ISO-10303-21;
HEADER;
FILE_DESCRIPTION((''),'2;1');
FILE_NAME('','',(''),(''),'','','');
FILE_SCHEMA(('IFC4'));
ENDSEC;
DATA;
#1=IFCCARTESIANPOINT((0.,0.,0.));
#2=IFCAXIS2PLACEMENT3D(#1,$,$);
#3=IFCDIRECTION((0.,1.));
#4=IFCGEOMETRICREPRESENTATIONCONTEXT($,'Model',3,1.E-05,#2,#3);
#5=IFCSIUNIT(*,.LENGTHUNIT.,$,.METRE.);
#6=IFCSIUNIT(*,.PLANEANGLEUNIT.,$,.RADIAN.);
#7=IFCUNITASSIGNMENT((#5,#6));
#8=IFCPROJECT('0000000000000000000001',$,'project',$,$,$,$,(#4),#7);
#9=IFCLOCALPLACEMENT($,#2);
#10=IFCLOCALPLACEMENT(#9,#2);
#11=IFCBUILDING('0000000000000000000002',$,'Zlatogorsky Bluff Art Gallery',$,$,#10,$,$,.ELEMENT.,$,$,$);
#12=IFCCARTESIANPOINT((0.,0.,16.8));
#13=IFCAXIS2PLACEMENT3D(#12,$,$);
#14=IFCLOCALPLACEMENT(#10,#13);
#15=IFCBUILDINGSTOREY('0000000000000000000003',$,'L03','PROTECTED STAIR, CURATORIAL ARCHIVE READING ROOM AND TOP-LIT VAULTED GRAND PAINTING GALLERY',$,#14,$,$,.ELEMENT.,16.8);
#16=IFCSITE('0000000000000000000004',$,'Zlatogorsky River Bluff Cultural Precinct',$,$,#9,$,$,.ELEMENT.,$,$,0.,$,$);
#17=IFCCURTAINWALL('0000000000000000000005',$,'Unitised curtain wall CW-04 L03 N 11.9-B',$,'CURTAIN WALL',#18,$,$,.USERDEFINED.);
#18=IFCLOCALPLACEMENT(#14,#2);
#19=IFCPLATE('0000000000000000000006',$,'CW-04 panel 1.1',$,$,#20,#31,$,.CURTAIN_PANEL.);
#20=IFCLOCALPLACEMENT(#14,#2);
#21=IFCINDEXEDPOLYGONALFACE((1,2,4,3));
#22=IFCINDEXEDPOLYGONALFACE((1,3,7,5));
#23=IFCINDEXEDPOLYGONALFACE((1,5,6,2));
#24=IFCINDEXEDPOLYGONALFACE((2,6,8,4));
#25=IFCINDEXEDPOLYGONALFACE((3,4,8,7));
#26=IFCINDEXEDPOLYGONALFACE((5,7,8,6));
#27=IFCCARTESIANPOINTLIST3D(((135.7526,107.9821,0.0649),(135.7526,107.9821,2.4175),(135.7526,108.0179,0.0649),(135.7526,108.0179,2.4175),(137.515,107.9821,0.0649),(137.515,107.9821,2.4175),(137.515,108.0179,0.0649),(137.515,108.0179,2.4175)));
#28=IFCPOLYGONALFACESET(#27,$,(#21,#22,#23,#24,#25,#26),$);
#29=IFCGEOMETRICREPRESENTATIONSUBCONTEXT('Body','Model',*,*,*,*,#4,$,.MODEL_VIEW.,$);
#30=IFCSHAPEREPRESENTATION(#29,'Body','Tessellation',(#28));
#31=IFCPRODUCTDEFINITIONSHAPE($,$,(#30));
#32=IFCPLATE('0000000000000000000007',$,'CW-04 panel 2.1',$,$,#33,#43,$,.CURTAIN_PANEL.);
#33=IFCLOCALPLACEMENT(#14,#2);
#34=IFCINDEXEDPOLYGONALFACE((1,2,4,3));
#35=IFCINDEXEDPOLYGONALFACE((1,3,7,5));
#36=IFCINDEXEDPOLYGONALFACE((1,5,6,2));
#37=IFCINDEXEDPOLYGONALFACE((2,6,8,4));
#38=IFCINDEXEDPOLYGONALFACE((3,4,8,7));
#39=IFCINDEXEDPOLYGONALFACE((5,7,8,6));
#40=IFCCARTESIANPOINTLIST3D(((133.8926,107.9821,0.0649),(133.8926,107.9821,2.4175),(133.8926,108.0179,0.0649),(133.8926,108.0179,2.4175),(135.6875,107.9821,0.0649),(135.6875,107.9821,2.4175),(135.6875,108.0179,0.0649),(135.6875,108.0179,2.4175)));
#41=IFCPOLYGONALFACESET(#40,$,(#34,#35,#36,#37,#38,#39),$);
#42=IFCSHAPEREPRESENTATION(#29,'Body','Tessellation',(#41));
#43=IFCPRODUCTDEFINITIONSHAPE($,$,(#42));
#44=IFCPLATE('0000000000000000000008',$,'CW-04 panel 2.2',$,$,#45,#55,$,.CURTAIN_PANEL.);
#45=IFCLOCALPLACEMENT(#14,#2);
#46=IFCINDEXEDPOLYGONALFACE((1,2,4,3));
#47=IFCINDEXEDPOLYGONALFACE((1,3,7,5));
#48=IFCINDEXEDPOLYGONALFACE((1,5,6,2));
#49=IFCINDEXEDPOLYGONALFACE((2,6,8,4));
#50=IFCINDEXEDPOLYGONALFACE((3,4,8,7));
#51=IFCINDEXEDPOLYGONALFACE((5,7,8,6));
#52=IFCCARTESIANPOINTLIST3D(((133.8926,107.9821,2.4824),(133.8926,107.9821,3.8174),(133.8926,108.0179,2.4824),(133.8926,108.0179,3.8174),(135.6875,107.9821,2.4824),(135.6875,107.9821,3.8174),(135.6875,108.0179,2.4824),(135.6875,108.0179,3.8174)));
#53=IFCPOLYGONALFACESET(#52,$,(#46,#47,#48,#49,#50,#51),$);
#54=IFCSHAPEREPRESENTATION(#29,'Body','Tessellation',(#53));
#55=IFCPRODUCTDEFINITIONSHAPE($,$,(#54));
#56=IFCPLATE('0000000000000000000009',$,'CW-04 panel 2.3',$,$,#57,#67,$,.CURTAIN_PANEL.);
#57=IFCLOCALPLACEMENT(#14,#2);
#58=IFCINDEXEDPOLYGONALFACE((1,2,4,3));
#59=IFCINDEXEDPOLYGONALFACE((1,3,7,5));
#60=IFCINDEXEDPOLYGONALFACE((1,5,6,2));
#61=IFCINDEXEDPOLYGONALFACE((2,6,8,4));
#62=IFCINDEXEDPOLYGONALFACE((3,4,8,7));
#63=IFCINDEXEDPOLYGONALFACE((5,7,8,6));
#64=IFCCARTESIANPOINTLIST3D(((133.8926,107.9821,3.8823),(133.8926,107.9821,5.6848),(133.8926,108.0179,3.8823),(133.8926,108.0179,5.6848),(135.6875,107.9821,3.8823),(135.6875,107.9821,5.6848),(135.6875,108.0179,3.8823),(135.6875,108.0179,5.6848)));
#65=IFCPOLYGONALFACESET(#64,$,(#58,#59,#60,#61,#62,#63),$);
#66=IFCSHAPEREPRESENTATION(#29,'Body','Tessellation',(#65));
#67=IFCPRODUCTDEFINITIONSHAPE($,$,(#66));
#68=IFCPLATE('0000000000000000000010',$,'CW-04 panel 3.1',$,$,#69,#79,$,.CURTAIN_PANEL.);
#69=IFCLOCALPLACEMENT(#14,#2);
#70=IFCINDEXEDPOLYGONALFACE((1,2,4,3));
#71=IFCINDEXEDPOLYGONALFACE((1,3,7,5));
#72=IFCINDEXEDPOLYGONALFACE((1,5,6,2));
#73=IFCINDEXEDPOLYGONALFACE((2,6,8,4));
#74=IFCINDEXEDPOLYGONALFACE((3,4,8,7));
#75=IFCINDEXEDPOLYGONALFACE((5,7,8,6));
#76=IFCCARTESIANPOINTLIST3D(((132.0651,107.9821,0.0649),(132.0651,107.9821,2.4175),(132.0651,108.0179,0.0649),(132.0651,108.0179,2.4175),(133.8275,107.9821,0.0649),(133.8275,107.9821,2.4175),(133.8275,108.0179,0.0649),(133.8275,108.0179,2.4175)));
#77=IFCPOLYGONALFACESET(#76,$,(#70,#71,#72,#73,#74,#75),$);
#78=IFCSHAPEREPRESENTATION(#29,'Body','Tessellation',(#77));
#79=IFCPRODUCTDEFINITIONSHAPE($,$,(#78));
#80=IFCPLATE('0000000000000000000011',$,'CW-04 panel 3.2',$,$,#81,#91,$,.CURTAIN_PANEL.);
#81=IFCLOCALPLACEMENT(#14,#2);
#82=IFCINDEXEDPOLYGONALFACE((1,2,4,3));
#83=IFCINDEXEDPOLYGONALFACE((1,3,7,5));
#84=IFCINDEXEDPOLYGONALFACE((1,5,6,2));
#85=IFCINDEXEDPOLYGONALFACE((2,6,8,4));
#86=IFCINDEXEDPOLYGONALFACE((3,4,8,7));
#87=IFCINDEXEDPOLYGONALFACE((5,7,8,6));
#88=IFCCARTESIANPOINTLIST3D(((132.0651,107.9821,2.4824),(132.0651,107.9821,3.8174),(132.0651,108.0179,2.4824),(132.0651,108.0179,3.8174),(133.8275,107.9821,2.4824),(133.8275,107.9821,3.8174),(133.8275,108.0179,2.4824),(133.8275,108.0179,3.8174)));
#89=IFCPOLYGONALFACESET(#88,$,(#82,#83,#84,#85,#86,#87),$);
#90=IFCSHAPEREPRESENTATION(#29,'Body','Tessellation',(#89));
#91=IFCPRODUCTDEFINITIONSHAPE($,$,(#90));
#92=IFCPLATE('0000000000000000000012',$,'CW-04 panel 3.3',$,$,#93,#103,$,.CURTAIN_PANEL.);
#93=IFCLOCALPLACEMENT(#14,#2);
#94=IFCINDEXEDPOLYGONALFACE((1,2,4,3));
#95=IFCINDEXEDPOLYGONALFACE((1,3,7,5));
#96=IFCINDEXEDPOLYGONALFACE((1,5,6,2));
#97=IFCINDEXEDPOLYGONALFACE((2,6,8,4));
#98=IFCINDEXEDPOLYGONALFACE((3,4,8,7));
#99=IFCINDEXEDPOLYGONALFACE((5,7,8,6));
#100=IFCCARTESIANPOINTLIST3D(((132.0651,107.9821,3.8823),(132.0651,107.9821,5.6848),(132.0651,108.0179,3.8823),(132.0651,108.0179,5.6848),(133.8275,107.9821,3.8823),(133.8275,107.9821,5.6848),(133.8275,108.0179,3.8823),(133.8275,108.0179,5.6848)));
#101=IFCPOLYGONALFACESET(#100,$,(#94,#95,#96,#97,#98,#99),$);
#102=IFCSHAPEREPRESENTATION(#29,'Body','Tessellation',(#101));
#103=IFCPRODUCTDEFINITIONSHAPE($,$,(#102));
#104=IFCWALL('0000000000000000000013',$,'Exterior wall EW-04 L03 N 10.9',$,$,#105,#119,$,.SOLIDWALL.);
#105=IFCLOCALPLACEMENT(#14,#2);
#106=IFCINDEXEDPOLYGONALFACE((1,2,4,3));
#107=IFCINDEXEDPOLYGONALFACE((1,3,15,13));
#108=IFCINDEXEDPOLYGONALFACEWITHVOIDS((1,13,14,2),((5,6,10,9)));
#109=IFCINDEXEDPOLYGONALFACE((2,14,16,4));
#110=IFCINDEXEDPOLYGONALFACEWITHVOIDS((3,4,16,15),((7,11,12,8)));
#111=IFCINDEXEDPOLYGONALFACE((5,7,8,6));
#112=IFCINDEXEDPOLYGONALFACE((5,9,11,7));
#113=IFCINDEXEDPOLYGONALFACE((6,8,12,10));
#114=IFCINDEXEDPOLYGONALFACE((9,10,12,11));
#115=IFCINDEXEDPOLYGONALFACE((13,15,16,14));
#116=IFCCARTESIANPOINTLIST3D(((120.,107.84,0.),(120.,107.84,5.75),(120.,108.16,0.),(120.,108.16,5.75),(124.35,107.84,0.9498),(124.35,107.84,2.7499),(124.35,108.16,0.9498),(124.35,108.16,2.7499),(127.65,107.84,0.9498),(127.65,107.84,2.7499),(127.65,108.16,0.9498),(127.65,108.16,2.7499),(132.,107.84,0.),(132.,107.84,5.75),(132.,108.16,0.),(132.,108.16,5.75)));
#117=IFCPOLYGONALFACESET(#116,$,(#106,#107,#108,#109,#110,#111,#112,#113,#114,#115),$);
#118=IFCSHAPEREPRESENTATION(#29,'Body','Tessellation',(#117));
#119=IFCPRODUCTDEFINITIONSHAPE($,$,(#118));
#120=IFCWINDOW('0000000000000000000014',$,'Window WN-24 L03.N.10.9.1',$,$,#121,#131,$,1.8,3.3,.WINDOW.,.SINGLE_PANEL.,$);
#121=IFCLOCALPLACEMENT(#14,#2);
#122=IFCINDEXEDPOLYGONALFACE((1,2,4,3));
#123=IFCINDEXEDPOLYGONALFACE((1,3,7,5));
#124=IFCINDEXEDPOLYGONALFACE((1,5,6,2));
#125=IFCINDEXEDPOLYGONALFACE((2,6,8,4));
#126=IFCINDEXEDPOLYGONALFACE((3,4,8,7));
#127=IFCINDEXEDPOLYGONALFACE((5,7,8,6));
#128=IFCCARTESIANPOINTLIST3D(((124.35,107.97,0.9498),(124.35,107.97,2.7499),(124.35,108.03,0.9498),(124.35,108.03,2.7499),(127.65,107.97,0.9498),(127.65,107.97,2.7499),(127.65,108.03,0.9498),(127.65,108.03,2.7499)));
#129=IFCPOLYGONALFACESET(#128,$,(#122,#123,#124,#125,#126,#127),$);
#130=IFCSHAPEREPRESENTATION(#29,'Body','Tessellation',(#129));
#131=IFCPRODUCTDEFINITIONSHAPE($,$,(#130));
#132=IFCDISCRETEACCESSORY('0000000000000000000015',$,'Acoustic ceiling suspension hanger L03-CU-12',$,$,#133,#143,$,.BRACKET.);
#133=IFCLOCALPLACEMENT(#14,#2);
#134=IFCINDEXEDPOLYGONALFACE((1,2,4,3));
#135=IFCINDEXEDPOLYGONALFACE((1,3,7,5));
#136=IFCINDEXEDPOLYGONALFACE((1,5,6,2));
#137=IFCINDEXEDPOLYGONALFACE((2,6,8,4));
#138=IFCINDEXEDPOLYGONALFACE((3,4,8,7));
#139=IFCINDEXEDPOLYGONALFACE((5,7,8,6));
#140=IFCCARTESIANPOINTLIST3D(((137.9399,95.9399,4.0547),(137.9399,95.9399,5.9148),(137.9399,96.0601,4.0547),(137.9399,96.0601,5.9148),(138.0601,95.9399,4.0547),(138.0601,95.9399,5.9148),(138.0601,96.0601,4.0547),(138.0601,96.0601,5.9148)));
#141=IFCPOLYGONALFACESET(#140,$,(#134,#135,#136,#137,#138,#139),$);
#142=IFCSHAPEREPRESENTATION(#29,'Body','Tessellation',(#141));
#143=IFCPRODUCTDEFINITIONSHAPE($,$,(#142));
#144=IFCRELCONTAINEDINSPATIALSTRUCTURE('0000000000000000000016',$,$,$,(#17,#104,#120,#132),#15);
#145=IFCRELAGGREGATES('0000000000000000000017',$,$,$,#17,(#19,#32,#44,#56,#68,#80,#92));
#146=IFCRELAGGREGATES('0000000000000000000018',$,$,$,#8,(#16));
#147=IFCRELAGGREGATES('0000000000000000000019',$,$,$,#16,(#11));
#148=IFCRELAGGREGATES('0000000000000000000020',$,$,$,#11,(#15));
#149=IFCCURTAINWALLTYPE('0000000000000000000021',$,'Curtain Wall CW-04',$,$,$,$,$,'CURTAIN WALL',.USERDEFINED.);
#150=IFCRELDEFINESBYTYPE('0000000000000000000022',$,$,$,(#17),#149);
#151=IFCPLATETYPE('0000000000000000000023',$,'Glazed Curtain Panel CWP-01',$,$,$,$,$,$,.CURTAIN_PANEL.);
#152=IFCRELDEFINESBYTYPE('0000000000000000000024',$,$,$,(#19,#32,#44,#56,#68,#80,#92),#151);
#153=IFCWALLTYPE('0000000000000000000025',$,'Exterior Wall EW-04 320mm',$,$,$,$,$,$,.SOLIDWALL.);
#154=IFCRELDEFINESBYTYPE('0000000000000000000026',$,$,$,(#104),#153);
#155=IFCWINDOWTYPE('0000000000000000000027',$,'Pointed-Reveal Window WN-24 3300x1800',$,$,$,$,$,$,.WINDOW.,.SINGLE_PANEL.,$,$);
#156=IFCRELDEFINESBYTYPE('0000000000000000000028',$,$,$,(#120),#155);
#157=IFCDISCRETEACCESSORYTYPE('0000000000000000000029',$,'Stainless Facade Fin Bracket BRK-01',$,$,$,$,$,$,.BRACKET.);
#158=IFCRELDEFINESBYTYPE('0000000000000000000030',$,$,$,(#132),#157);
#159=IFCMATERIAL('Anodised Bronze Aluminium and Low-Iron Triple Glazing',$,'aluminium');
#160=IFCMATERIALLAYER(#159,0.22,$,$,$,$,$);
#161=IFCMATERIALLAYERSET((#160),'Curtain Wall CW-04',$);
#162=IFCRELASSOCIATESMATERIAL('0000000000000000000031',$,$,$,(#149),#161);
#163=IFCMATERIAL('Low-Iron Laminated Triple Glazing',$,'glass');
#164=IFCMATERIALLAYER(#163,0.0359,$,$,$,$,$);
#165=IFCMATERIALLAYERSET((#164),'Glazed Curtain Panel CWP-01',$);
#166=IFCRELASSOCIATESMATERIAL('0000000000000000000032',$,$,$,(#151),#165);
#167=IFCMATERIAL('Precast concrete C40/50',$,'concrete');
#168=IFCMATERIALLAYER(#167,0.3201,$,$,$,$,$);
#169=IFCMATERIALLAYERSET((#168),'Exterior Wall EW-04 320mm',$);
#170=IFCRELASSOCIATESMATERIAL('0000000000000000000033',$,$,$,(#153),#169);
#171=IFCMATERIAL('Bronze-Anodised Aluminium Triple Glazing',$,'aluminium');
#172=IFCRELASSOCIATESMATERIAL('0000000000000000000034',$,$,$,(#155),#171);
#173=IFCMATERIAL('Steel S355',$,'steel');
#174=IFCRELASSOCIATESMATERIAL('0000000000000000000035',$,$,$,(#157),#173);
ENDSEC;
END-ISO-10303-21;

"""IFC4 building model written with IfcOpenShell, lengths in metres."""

from ifc_helpers import new_model, si_unit, direction, frame, frame_2d, origin, origin_2d, place, context, subcontext, project, spatial, rectangle, extrude, material, layer, layer_set, type_object, element, fill, aggregate, save


model = new_model("IFC4")

# Units and contexts
model_context = context("Model", 3, precision=1e-05, world=origin(), true_north=direction((0.0, 1.0)))
body_context = subcontext(model_context, "Body", "Model", "MODEL_VIEW")
ifc_project = project(units=[si_unit("LENGTHUNIT", "METRE"), si_unit("PLANEANGLEUNIT", "RADIAN")], contexts=[model_context])

# Site, building, storey
site_placement = place(None, origin())
site = spatial("IfcSite", under=ifc_project, at=site_placement, Name="Zlatogorsky River Bluff Cultural Precinct", CompositionType="ELEMENT", RefElevation=0.0)
building_placement = place(site_placement, origin())
building = spatial("IfcBuilding", under=site, at=building_placement, Name="Zlatogorsky Bluff Art Gallery", CompositionType="ELEMENT")
storey_placement = place(building_placement, frame((0.0, 0.0, 16.8)))
storey = spatial("IfcBuildingStorey", under=building, at=storey_placement, Name="L03", Description="PROTECTED STAIR, CURATORIAL ARCHIVE READING ROOM AND TOP-LIT VAULTED GRAND PAINTING GALLERY", CompositionType="ELEMENT", Elevation=16.8)

# Shared definitions
ifc_material_1 = material(Name="Steel S355", Category="steel")

# Curtain wall, plates
ifc_material_2 = material(Name="Anodised Bronze Aluminium and Low-Iron Triple Glazing", Category="aluminium")
ifc_layer_1 = layer(ifc_material_2, 0.22)
ifc_layer_set_1 = layer_set([ifc_layer_1], Name="Curtain Wall CW-04")
curtain_wall_type = type_object("IfcCurtainWallType", Name="Curtain Wall CW-04", ElementType="CURTAIN WALL", PredefinedType="USERDEFINED", material=ifc_layer_set_1)
curtain_wall_placement = place(storey_placement, origin())
curtain_wall = element("IfcCurtainWall", 1, at=curtain_wall_placement, inside=storey, type_object=curtain_wall_type, Name="Unitised curtain wall CW-04 L03 N 11.9-B", ObjectType="CURTAIN WALL", PredefinedType="USERDEFINED")
ifc_material_3 = material(Name="Low-Iron Laminated Triple Glazing", Category="glass")
ifc_layer_2 = layer(ifc_material_3, 0.0359)
ifc_layer_set_2 = layer_set([ifc_layer_2], Name="Glazed Curtain Panel CWP-01")
plate_type = type_object("IfcPlateType", Name="Glazed Curtain Panel CWP-01", PredefinedType="CURTAIN_PANEL", material=ifc_layer_set_2)
plate_1_placement = place(storey_placement, frame((136.6338, 108.0, 0.0649), z_axis=(0.0, 0.0, 1.0), x_axis=(-1.0, 0.0, 0.0)))
plate_1 = element("IfcPlate", 2, at=plate_1_placement, type_object=plate_type, Name="CW-04 panel 1.1", PredefinedType="CURTAIN_PANEL", context=body_context, shape_type="SweptSolid", body=[
    extrude(rectangle(XDim=1.7625, YDim=0.0359, at=origin_2d()), origin(), (0.0, 0.0, 1.0), 2.3525),
])
plate_2_placement = place(storey_placement, frame((134.79, 108.0, 0.0649), z_axis=(0.0, 0.0, 1.0), x_axis=(-1.0, 0.0, 0.0)))
plate_2 = element("IfcPlate", 3, at=plate_2_placement, type_object=plate_type, Name="CW-04 panel 2.1", PredefinedType="CURTAIN_PANEL", context=body_context, shape_type="SweptSolid", body=[
    extrude(rectangle(XDim=1.7949, YDim=0.0359, at=origin_2d()), origin(), (0.0, 0.0, 1.0), 2.3525),
])
plate_3_placement = place(storey_placement, frame((134.79, 108.0, 2.4824), z_axis=(0.0, 0.0, 1.0), x_axis=(-1.0, 0.0, 0.0)))
plate_3 = element("IfcPlate", 4, at=plate_3_placement, type_object=plate_type, Name="CW-04 panel 2.2", PredefinedType="CURTAIN_PANEL", context=body_context, shape_type="SweptSolid", body=[
    extrude(rectangle(XDim=1.7949, YDim=0.0359, at=origin_2d()), origin(), (0.0, 0.0, 1.0), 1.335),
])
plate_4_placement = place(storey_placement, frame((134.79, 108.0, 3.8823), z_axis=(0.0, 0.0, 1.0), x_axis=(-1.0, 0.0, 0.0)))
plate_4 = element("IfcPlate", 5, at=plate_4_placement, type_object=plate_type, Name="CW-04 panel 2.3", PredefinedType="CURTAIN_PANEL", context=body_context, shape_type="SweptSolid", body=[
    extrude(rectangle(XDim=1.7949, YDim=0.0359, at=origin_2d()), origin(), (0.0, 0.0, 1.0), 1.8025),
])
plate_5_placement = place(storey_placement, frame((132.9463, 108.0, 0.0649), z_axis=(0.0, 0.0, 1.0), x_axis=(-1.0, 0.0, 0.0)))
plate_5 = element("IfcPlate", 6, at=plate_5_placement, type_object=plate_type, Name="CW-04 panel 3.1", PredefinedType="CURTAIN_PANEL", context=body_context, shape_type="SweptSolid", body=[
    extrude(rectangle(XDim=1.7625, YDim=0.0359, at=origin_2d()), origin(), (0.0, 0.0, 1.0), 2.3525),
])
plate_6_placement = place(storey_placement, frame((132.9463, 108.0, 2.4824), z_axis=(0.0, 0.0, 1.0), x_axis=(-1.0, 0.0, 0.0)))
plate_6 = element("IfcPlate", 7, at=plate_6_placement, type_object=plate_type, Name="CW-04 panel 3.2", PredefinedType="CURTAIN_PANEL", context=body_context, shape_type="SweptSolid", body=[
    extrude(rectangle(XDim=1.7625, YDim=0.0359, at=origin_2d()), origin(), (0.0, 0.0, 1.0), 1.335),
])
plate_7_placement = place(storey_placement, frame((132.9463, 108.0, 3.8823), z_axis=(0.0, 0.0, 1.0), x_axis=(-1.0, 0.0, 0.0)))
plate_7 = element("IfcPlate", 8, at=plate_7_placement, type_object=plate_type, Name="CW-04 panel 3.3", PredefinedType="CURTAIN_PANEL", context=body_context, shape_type="SweptSolid", body=[
    extrude(rectangle(XDim=1.7625, YDim=0.0359, at=origin_2d()), origin(), (0.0, 0.0, 1.0), 1.8025),
])
aggregate(curtain_wall, [plate_1, plate_2, plate_3, plate_4, plate_5, plate_6, plate_7])

# Wall, opening, window
ifc_material_4 = material(Name="Precast concrete C40/50", Category="concrete")
ifc_layer_3 = layer(ifc_material_4, 0.3201)
ifc_layer_set_3 = layer_set([ifc_layer_3], Name="Exterior Wall EW-04 320mm")
wall_type = type_object("IfcWallType", Name="Exterior Wall EW-04 320mm", PredefinedType="SOLIDWALL", material=ifc_layer_set_3)
wall_placement = place(storey_placement, frame((132.0, 108.0, 0.0), z_axis=(0.0, 0.0, 1.0), x_axis=(-1.0, 0.0, 0.0)))
wall = element("IfcWall", 9, at=wall_placement, inside=storey, type_object=wall_type, Name="Exterior wall EW-04 L03 N 10.9", PredefinedType="SOLIDWALL", context=body_context, shape_type="SweptSolid", body=[
    extrude(rectangle(XDim=12.0, YDim=0.3201, at=frame_2d((6.0, 0.0))), origin(), (0.0, 0.0, 1.0), 5.75),
])
opening_placement = place(wall_placement, frame((4.3501, 0.0, 0.95)))
opening = element("IfcOpeningElement", 10, at=opening_placement, cuts=wall, PredefinedType="OPENING", context=body_context, shape_type="SweptSolid", body=[
    extrude(rectangle(XDim=3.3, YDim=1.8, at=frame_2d((1.6499, 0.8999))), frame((0.0, 0.1699, 0.0), z_axis=(0.0, -1.0, 0.0), x_axis=(1.0, 0.0, 0.0)), (0.0, 0.0, 1.0), 0.3401),
])
ifc_material_5 = material(Name="Bronze-Anodised Aluminium Triple Glazing", Category="aluminium")
window_type = type_object("IfcWindowType", Name="Pointed-Reveal Window WN-24 3300x1800", PartitioningType="SINGLE_PANEL", PredefinedType="WINDOW", material=ifc_material_5)
window_placement = place(opening_placement, origin())
window = element("IfcWindow", 11, at=window_placement, inside=storey, type_object=window_type, Name="Window WN-24 L03.N.10.9.1", OverallHeight=1.8, OverallWidth=3.3, PartitioningType="SINGLE_PANEL", PredefinedType="WINDOW", context=body_context, shape_type="SweptSolid", body=[
    extrude(rectangle(XDim=3.3, YDim=1.8, at=frame_2d((1.6499, 0.8999))), frame((0.0, 0.03, 0.0), z_axis=(0.0, -1.0, 0.0), x_axis=(1.0, 0.0, 0.0)), (0.0, 0.0, 1.0), 0.0601),
])
fill(opening, window)

# Discrete accessory
discrete_accessory_type = type_object("IfcDiscreteAccessoryType", Name="Stainless Facade Fin Bracket BRK-01", PredefinedType="BRACKET", material=ifc_material_1)
discrete_accessory_placement = place(storey_placement, frame((138.0, 96.0, 4.0547), z_axis=(0.0, 0.0, 1.0), x_axis=(1.0, 0.0, 0.0)))
element("IfcDiscreteAccessory", 12, at=discrete_accessory_placement, inside=storey, type_object=discrete_accessory_type, Name="Acoustic ceiling suspension hanger L03-CU-12", PredefinedType="BRACKET", context=body_context, shape_type="SweptSolid", body=[
    extrude(rectangle(XDim=0.1201, YDim=0.1201, at=origin_2d()), origin(), (0.0, 0.0, 1.0), 1.8601),
])

save(model, "model.ifc")
